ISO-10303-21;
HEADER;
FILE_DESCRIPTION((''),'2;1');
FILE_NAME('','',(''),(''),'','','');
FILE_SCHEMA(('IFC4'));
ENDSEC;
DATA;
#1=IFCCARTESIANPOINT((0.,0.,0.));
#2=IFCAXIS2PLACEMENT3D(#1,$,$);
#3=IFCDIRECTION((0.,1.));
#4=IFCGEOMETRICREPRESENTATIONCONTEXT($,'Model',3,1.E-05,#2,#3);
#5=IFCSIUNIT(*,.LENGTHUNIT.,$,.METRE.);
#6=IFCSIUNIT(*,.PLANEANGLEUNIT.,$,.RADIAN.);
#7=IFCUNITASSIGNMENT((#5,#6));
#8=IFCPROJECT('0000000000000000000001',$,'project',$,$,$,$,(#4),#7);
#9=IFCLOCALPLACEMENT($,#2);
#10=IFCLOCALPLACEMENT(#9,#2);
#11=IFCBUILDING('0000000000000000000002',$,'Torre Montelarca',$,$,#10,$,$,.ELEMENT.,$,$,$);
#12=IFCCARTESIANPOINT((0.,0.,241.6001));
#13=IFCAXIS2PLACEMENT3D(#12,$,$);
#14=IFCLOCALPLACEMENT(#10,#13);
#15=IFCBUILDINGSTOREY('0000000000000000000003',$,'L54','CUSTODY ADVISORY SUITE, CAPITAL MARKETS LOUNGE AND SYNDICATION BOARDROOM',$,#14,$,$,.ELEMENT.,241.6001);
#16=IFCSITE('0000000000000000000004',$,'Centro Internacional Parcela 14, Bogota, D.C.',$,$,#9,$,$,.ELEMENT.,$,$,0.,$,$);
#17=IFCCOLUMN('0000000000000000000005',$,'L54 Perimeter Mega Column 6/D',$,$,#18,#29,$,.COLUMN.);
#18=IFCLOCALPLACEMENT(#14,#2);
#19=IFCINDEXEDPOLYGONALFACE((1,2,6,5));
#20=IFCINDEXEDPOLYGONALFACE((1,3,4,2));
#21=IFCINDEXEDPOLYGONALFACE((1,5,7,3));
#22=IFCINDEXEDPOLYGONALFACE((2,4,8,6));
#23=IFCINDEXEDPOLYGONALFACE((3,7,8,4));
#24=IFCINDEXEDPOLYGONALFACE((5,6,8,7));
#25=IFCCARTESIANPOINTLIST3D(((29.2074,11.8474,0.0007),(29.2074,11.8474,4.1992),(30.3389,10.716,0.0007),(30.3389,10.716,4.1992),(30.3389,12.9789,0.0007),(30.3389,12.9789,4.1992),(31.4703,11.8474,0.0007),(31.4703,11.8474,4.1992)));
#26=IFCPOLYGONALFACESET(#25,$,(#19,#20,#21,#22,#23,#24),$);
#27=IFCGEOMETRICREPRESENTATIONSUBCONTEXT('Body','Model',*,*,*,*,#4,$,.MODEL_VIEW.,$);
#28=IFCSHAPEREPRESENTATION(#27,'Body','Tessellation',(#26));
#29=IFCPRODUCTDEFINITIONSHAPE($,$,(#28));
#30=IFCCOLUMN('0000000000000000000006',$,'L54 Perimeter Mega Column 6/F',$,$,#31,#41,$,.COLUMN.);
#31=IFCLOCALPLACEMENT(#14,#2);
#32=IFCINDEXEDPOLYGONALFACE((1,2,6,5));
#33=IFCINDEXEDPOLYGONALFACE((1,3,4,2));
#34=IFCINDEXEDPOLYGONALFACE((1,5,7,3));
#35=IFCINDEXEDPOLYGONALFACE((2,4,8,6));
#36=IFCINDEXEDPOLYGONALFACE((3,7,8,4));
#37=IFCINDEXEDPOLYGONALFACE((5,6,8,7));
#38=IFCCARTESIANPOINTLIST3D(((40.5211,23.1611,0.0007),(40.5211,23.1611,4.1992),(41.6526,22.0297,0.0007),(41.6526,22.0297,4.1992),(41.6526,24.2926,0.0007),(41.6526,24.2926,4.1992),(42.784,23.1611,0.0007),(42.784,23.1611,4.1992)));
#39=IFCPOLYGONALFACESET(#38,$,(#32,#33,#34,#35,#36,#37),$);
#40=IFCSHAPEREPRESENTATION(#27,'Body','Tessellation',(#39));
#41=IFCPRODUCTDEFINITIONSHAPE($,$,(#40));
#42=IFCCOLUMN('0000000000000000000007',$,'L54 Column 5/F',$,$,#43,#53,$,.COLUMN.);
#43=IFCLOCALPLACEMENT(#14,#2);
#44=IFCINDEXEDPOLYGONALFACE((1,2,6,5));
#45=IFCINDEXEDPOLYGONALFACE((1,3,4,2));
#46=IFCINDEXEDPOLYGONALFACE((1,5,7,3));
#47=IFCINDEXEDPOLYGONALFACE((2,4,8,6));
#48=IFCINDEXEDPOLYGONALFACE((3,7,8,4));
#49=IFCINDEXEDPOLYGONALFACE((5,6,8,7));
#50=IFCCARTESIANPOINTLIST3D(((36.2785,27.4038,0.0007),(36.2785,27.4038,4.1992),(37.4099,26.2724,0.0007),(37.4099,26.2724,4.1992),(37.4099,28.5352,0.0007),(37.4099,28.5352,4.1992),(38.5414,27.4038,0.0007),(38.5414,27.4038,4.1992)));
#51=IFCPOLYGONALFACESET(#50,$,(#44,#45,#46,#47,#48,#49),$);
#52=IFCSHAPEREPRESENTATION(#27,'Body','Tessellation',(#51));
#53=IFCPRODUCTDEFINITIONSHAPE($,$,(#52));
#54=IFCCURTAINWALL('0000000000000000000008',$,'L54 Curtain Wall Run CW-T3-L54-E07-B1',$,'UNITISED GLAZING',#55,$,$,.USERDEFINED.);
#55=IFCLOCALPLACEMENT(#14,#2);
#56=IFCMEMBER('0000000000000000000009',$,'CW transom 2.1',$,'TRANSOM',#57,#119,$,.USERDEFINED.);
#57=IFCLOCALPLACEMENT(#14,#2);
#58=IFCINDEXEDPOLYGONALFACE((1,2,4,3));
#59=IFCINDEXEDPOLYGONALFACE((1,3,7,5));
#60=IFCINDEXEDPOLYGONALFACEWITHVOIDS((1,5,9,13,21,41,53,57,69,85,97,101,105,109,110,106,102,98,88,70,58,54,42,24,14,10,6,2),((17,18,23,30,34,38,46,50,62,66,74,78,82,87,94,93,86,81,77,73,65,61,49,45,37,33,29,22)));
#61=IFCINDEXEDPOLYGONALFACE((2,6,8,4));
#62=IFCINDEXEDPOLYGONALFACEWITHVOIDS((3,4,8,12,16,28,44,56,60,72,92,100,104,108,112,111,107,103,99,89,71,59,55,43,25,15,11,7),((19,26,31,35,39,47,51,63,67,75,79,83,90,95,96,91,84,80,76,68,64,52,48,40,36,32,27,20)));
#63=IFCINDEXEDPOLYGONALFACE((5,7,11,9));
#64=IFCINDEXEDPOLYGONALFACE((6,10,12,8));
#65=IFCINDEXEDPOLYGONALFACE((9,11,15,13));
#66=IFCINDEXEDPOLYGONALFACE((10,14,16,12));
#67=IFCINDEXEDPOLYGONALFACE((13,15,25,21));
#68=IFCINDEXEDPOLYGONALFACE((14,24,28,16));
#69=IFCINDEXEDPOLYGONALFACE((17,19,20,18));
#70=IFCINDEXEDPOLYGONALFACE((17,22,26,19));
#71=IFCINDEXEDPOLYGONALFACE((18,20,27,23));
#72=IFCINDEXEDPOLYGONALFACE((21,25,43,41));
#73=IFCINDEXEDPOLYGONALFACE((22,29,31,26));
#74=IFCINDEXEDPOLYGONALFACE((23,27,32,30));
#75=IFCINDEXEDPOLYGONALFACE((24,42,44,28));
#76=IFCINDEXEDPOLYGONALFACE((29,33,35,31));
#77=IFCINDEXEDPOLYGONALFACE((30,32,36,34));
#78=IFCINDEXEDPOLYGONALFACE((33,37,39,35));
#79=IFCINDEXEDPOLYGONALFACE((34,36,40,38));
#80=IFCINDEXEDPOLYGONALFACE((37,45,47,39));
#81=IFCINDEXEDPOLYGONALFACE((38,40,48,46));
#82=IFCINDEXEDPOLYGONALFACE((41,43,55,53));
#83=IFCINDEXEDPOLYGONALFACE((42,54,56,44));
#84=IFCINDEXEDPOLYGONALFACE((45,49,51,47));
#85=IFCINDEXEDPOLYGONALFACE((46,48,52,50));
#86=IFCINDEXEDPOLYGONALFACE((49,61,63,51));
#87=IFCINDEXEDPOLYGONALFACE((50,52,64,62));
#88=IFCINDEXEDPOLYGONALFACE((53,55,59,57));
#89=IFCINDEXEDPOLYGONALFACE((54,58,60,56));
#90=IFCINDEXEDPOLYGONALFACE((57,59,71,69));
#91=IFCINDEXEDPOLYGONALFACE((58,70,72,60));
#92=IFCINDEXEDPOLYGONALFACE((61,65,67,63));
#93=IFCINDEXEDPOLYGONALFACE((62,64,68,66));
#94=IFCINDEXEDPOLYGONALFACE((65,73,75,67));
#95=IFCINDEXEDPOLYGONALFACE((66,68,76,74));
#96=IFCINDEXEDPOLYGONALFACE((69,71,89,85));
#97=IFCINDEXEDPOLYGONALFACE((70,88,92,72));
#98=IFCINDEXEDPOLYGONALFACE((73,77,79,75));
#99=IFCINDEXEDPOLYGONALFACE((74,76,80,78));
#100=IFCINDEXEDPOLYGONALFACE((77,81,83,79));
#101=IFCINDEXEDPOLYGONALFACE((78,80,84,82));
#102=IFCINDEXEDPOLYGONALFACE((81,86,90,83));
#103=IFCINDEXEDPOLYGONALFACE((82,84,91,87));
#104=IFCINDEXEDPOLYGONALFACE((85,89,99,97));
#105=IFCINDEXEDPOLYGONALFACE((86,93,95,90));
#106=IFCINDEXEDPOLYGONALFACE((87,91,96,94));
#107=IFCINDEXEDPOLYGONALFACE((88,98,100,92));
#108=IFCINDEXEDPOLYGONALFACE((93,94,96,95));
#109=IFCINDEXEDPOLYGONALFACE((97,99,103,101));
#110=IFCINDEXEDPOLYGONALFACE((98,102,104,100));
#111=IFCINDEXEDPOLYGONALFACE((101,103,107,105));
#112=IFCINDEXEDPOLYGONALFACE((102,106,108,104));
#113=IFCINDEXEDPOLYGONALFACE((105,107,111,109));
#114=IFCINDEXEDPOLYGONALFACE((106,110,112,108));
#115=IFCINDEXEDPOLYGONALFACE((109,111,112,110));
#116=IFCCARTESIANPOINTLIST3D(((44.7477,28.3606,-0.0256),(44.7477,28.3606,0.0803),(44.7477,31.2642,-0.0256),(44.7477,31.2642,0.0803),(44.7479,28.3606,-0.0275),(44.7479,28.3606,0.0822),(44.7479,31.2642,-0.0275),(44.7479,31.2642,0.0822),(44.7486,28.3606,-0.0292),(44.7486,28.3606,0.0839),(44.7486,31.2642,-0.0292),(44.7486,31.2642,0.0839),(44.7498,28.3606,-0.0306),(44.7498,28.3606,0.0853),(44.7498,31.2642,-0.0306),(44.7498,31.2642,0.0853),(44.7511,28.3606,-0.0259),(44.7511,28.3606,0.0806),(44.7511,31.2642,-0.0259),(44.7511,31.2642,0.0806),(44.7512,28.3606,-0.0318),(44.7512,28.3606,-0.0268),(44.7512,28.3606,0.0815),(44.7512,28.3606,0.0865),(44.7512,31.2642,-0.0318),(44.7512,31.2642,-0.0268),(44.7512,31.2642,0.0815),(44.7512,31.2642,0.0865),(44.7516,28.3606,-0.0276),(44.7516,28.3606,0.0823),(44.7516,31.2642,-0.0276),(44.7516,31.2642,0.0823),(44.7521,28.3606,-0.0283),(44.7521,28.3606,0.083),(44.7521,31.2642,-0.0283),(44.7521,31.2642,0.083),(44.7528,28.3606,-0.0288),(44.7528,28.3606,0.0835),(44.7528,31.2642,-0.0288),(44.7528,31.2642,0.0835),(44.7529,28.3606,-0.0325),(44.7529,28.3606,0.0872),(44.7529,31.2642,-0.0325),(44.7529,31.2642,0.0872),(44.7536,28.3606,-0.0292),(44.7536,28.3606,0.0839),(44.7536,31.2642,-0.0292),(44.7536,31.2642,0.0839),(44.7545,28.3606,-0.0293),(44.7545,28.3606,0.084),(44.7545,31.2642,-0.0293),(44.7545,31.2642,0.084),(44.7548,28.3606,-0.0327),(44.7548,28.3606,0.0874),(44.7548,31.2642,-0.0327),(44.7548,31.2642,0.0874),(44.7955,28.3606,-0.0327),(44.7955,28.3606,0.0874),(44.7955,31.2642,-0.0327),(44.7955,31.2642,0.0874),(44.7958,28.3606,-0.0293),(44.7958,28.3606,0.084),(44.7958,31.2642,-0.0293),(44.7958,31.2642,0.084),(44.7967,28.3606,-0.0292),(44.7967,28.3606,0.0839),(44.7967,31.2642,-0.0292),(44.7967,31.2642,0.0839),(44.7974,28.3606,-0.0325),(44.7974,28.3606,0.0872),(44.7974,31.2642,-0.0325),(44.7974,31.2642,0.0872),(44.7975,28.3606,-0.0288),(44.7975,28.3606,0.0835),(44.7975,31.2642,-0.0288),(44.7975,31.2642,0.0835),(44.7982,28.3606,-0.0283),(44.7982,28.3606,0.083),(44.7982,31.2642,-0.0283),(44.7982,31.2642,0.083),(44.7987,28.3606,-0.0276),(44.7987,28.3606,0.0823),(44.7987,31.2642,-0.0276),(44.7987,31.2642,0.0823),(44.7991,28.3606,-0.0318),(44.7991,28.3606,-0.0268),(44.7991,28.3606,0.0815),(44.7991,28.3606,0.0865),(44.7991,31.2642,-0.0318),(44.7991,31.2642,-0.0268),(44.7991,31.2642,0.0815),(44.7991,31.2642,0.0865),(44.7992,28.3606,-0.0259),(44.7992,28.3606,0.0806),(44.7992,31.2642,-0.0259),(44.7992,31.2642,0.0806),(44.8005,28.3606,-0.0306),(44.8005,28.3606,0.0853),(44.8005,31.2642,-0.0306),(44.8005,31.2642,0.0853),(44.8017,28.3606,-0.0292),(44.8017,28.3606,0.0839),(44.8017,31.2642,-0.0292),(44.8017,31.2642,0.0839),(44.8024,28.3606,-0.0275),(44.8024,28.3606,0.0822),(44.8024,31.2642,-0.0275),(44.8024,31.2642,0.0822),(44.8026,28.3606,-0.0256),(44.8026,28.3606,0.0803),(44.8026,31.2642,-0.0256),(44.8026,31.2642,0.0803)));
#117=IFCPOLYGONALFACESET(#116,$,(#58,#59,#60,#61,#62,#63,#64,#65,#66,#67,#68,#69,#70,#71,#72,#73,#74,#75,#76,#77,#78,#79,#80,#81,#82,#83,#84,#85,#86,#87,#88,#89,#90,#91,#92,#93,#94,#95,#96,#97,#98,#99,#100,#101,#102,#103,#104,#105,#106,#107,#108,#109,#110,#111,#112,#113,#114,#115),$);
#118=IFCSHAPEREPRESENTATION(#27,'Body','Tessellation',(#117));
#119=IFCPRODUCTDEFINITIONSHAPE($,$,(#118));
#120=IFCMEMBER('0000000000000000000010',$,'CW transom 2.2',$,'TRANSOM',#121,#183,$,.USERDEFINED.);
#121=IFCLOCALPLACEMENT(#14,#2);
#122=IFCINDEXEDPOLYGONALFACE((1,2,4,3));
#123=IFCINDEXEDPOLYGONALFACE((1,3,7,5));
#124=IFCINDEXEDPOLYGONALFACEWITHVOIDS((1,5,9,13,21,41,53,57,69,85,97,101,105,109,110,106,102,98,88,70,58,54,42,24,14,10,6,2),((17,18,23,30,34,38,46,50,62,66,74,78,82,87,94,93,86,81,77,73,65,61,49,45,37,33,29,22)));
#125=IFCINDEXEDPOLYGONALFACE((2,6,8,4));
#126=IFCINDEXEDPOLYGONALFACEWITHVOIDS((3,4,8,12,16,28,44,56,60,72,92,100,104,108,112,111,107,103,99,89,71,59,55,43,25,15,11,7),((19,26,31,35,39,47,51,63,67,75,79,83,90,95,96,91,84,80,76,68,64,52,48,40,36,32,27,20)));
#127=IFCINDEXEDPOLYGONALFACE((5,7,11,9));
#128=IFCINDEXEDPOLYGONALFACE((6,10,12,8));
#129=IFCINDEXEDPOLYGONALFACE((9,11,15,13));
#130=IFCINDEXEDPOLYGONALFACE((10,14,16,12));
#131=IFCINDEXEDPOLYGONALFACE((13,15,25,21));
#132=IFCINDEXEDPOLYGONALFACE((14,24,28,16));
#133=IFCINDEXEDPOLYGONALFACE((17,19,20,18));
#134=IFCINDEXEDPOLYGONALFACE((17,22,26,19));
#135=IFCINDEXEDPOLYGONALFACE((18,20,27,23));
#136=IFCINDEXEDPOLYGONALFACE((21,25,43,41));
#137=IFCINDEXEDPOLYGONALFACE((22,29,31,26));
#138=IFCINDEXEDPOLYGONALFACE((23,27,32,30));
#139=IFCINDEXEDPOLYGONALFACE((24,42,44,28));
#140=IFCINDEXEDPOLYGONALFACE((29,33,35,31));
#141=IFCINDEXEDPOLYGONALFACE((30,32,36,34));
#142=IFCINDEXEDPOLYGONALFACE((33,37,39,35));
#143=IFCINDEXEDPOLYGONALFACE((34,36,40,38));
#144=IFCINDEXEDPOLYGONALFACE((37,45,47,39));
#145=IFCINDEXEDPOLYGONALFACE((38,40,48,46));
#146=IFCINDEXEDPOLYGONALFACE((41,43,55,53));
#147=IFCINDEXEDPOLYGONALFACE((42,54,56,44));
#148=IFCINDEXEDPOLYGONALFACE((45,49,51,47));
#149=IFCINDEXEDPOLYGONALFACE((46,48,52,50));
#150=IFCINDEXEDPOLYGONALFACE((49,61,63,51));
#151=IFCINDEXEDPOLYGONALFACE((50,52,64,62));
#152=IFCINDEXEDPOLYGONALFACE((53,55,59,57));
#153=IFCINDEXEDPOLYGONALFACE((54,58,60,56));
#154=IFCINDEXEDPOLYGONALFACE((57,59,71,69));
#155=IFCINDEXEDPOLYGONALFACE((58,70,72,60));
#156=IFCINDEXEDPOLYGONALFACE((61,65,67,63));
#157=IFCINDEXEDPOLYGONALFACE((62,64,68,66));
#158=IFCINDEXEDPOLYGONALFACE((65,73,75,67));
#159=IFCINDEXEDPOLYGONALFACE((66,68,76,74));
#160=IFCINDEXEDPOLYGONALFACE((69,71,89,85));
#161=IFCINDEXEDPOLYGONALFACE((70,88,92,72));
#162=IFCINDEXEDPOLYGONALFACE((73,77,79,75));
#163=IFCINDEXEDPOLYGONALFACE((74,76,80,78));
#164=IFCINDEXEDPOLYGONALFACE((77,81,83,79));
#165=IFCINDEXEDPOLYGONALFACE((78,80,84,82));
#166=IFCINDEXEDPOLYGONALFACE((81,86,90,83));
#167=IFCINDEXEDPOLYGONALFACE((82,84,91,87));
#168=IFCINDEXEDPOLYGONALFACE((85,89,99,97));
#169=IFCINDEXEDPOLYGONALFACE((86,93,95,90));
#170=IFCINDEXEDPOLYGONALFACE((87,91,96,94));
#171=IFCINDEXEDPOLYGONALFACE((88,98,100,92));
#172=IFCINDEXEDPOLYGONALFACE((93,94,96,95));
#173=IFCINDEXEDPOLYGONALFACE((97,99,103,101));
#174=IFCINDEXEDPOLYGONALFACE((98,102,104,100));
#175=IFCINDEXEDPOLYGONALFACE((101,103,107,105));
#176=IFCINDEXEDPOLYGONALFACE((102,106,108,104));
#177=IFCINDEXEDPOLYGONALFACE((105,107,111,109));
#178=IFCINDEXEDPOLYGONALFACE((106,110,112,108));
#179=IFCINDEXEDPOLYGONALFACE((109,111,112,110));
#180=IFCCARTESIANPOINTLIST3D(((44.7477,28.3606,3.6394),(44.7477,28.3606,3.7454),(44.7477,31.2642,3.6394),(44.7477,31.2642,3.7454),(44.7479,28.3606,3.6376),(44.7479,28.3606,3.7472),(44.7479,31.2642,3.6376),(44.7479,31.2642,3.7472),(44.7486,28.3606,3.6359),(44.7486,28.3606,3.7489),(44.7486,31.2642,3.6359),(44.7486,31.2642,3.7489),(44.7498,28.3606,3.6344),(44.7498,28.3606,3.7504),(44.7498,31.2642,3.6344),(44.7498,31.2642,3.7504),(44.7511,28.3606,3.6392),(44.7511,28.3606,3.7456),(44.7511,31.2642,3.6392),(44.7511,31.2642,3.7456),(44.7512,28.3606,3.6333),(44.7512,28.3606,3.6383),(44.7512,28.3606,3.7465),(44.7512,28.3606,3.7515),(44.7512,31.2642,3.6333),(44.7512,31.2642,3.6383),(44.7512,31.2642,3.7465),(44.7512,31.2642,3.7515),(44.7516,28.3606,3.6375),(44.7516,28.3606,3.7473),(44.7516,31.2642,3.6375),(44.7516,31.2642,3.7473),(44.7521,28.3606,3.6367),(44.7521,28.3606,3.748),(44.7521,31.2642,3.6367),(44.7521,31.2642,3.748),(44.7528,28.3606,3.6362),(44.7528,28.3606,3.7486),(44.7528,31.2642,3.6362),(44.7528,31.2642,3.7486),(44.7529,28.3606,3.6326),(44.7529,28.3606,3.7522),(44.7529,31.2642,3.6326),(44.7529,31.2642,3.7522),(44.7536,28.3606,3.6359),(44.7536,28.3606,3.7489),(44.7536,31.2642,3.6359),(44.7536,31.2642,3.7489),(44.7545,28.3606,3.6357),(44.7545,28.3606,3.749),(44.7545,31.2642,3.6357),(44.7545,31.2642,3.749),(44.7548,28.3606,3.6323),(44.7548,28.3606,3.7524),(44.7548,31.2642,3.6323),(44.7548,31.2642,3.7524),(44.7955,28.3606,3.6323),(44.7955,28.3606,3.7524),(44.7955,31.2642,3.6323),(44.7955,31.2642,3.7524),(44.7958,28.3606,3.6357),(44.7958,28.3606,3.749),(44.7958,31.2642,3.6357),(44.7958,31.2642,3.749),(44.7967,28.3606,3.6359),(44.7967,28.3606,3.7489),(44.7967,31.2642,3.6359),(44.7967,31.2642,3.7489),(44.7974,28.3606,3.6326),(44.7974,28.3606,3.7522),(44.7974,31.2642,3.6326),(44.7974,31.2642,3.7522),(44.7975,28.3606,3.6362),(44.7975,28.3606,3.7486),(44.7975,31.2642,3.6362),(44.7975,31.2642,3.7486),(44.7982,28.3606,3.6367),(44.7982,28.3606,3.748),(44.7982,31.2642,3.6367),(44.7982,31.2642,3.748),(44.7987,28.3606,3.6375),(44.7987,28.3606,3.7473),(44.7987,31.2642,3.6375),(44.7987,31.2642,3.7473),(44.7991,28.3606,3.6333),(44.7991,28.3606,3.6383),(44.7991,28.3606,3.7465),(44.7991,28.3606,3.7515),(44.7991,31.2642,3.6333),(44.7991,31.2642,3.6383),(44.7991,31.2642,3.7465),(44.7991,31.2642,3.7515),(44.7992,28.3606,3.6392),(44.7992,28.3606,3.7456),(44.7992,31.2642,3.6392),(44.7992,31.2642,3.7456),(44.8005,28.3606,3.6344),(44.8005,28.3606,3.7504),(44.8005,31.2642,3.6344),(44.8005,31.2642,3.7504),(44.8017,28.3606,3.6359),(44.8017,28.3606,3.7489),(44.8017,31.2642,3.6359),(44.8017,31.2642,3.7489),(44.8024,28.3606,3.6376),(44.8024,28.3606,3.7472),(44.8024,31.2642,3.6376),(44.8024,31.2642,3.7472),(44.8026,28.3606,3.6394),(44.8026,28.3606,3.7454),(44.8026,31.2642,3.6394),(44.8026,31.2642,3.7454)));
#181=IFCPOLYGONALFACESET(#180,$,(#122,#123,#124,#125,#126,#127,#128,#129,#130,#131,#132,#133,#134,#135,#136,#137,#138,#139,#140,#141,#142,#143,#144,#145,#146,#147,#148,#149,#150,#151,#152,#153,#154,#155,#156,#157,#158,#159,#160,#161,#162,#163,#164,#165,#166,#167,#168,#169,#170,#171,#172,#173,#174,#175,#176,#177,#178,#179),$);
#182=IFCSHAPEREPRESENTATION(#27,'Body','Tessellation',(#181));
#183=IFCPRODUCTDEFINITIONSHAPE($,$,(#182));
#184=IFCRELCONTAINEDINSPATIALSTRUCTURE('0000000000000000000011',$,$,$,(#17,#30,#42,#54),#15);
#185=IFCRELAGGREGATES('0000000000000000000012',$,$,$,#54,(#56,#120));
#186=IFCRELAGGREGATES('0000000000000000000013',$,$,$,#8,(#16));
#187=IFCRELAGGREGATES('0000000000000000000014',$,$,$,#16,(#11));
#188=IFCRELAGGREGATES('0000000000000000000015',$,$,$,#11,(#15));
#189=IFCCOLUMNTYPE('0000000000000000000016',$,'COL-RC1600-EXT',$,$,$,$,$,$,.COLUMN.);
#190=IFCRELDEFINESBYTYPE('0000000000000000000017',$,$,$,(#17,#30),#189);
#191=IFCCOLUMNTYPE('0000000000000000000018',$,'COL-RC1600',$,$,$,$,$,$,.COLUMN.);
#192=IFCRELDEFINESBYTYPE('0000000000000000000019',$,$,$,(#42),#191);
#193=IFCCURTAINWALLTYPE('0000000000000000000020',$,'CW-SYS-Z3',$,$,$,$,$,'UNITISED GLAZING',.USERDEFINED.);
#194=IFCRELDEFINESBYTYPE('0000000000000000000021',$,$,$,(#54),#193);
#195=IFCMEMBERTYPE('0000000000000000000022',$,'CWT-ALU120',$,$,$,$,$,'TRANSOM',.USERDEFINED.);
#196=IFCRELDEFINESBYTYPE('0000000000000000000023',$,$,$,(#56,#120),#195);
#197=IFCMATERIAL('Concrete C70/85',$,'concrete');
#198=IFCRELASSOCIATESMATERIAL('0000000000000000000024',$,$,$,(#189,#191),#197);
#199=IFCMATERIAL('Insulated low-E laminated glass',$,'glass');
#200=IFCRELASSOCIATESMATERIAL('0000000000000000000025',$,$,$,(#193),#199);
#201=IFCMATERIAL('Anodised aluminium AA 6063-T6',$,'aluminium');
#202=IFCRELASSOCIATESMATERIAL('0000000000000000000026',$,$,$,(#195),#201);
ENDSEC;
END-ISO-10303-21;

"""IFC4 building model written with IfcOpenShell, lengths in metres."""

from ifc_helpers import new_model, si_unit, direction, frame, origin, origin_2d, place, context, subcontext, project, spatial, rectangle, hollow_rectangle, extrude, source, transform, mapped, material, material_profile, profile_set, type_object, element, aggregate, save


model = new_model("IFC4")

# Units and contexts
model_context = context("Model", 3, precision=1e-05, world=origin(), true_north=direction((0.0, 1.0)))
body_context = subcontext(model_context, "Body", "Model", "MODEL_VIEW")
ifc_project = project(units=[si_unit("LENGTHUNIT", "METRE"), si_unit("PLANEANGLEUNIT", "RADIAN")], contexts=[model_context])

# Site, building, storey
site_placement = place(None, origin())
site = spatial("IfcSite", under=ifc_project, at=site_placement, Name="Centro Internacional Parcela 14, Bogota, D.C.", CompositionType="ELEMENT", RefElevation=0.0)
building_placement = place(site_placement, origin())
building = spatial("IfcBuilding", under=site, at=building_placement, Name="Torre Montelarca", CompositionType="ELEMENT")
storey_placement = place(building_placement, frame((0.0, 0.0, 241.6001)))
storey = spatial("IfcBuildingStorey", under=building, at=storey_placement, Name="L54", Description="CUSTODY ADVISORY SUITE, CAPITAL MARKETS LOUNGE AND SYNDICATION BOARDROOM", CompositionType="ELEMENT", Elevation=241.6001)

# Columns
ifc_material_1 = material(Name="Concrete C70/85", Category="concrete")
ifc_material_profile_1 = material_profile(ifc_material_1, rectangle(XDim=1.6001, YDim=1.6001, at=origin_2d()), Name="RC1600X1600", Category="concrete")
ifc_profile_set_1 = profile_set([ifc_material_profile_1], Name="Concrete C70/85")
column_type_1 = type_object("IfcColumnType", Name="COL-RC1600-EXT", PredefinedType="COLUMN", material=ifc_profile_set_1)
shared_shape_1 = source(origin(), body_context, "Body", "SweptSolid", [
    extrude(rectangle(XDim=1.6001, YDim=1.6001, at=origin_2d()), origin(), (0.0, 0.0, 1.0), 4.1985),
])
for number, where, z_axis, x_axis, name in (
    (1, (30.3389, 11.8474, 0.0007), (0.0, 0.0, 1.0), (-0.707107, 0.707107, 0.0), "L54 Perimeter Mega Column 6/D"),
    (2, (41.6526, 23.1611, 0.0007), (0.0, 0.0, 1.0), (-0.707107, 0.707107, 0.0), "L54 Perimeter Mega Column 6/F"),
):
    element("IfcColumn", number, at=place(storey_placement, frame(where, z_axis=z_axis, x_axis=x_axis)), inside=storey, type_object=column_type_1, Name=name, PredefinedType="COLUMN", context=body_context, shape_type="MappedRepresentation", body=[
        mapped(shared_shape_1, transform((0.0, 0.0, 0.0), scale=1.0)),
    ])
ifc_material_profile_2 = material_profile(ifc_material_1, rectangle(XDim=1.6001, YDim=1.6001, at=origin_2d()), Name="RC1600X1600", Category="concrete")
ifc_profile_set_2 = profile_set([ifc_material_profile_2], Name="Concrete C70/85")
column_type_2 = type_object("IfcColumnType", Name="COL-RC1600", PredefinedType="COLUMN", material=ifc_profile_set_2)
shared_shape_2 = source(origin(), body_context, "Body", "SweptSolid", [
    extrude(rectangle(XDim=1.6001, YDim=1.6001, at=origin_2d()), origin(), (0.0, 0.0, 1.0), 4.1985),
])
column_placement = place(storey_placement, frame((37.4099, 27.4038, 0.0007), z_axis=(0.0, 0.0, 1.0), x_axis=(-0.707107, 0.707107, 0.0)))
element("IfcColumn", 3, at=column_placement, inside=storey, type_object=column_type_2, Name="L54 Column 5/F", PredefinedType="COLUMN", context=body_context, shape_type="MappedRepresentation", body=[
    mapped(shared_shape_2, transform((0.0, 0.0, 0.0), scale=1.0)),
])

# Curtain wall, members
ifc_material_2 = material(Name="Insulated low-E laminated glass", Category="glass")
curtain_wall_type = type_object("IfcCurtainWallType", Name="CW-SYS-Z3", ElementType="UNITISED GLAZING", PredefinedType="USERDEFINED", material=ifc_material_2)
curtain_wall_1_placement = place(storey_placement, origin())
curtain_wall_1 = element("IfcCurtainWall", 4, at=curtain_wall_1_placement, inside=storey, type_object=curtain_wall_type, Name="L54 Curtain Wall Run CW-T3-L54-E07-B1", ObjectType="UNITISED GLAZING", PredefinedType="USERDEFINED")
ifc_material_3 = material(Name="Anodised aluminium AA 6063-T6", Category="aluminium")
ifc_material_profile_3 = material_profile(ifc_material_3, hollow_rectangle(XDim=0.0549, YDim=0.1201, WallThickness=0.0034, InnerFilletRadius=0.0034, OuterFilletRadius=0.0071, at=origin_2d()), Name="ALU55X120X3.5", Category="aluminium")
ifc_profile_set_3 = profile_set([ifc_material_profile_3], Name="Anodised aluminium AA 6063-T6")
member_type_1 = type_object("IfcMemberType", Name="CWT-ALU120", ElementType="TRANSOM", PredefinedType="USERDEFINED", material=ifc_profile_set_3)
shared_shape_3 = source(origin(), body_context, "Body", "SweptSolid", [
    extrude(hollow_rectangle(XDim=0.0549, YDim=0.1201, WallThickness=0.0034, InnerFilletRadius=0.0034, OuterFilletRadius=0.0071, at=origin_2d()), origin(), (0.0, 0.0, 1.0), 2.9036),
])
member_1_placement = place(storey_placement, frame((44.7751, 28.3606, 0.0273), z_axis=(0.0, 1.0, 0.0), x_axis=(-1.0, 0.0, 0.0)))
member_1 = element("IfcMember", 5, at=member_1_placement, type_object=member_type_1, Name="CW transom 2.1", ObjectType="TRANSOM", PredefinedType="USERDEFINED", context=body_context, shape_type="MappedRepresentation", body=[
    mapped(shared_shape_3, transform((0.0, 0.0, 0.0), scale=1.0)),
])
member_2_placement = place(storey_placement, frame((44.7751, 28.3606, 3.6924), z_axis=(0.0, 1.0, 0.0), x_axis=(-1.0, 0.0, 0.0)))
member_2 = element("IfcMember", 6, at=member_2_placement, type_object=member_type_1, Name="CW transom 2.2", ObjectType="TRANSOM", PredefinedType="USERDEFINED", context=body_context, shape_type="MappedRepresentation", body=[
    mapped(shared_shape_3, transform((0.0, 0.0, 0.0), scale=1.0)),
])

aggregate(curtain_wall_1, [member_1, member_2])

save(model, "model.ifc")
